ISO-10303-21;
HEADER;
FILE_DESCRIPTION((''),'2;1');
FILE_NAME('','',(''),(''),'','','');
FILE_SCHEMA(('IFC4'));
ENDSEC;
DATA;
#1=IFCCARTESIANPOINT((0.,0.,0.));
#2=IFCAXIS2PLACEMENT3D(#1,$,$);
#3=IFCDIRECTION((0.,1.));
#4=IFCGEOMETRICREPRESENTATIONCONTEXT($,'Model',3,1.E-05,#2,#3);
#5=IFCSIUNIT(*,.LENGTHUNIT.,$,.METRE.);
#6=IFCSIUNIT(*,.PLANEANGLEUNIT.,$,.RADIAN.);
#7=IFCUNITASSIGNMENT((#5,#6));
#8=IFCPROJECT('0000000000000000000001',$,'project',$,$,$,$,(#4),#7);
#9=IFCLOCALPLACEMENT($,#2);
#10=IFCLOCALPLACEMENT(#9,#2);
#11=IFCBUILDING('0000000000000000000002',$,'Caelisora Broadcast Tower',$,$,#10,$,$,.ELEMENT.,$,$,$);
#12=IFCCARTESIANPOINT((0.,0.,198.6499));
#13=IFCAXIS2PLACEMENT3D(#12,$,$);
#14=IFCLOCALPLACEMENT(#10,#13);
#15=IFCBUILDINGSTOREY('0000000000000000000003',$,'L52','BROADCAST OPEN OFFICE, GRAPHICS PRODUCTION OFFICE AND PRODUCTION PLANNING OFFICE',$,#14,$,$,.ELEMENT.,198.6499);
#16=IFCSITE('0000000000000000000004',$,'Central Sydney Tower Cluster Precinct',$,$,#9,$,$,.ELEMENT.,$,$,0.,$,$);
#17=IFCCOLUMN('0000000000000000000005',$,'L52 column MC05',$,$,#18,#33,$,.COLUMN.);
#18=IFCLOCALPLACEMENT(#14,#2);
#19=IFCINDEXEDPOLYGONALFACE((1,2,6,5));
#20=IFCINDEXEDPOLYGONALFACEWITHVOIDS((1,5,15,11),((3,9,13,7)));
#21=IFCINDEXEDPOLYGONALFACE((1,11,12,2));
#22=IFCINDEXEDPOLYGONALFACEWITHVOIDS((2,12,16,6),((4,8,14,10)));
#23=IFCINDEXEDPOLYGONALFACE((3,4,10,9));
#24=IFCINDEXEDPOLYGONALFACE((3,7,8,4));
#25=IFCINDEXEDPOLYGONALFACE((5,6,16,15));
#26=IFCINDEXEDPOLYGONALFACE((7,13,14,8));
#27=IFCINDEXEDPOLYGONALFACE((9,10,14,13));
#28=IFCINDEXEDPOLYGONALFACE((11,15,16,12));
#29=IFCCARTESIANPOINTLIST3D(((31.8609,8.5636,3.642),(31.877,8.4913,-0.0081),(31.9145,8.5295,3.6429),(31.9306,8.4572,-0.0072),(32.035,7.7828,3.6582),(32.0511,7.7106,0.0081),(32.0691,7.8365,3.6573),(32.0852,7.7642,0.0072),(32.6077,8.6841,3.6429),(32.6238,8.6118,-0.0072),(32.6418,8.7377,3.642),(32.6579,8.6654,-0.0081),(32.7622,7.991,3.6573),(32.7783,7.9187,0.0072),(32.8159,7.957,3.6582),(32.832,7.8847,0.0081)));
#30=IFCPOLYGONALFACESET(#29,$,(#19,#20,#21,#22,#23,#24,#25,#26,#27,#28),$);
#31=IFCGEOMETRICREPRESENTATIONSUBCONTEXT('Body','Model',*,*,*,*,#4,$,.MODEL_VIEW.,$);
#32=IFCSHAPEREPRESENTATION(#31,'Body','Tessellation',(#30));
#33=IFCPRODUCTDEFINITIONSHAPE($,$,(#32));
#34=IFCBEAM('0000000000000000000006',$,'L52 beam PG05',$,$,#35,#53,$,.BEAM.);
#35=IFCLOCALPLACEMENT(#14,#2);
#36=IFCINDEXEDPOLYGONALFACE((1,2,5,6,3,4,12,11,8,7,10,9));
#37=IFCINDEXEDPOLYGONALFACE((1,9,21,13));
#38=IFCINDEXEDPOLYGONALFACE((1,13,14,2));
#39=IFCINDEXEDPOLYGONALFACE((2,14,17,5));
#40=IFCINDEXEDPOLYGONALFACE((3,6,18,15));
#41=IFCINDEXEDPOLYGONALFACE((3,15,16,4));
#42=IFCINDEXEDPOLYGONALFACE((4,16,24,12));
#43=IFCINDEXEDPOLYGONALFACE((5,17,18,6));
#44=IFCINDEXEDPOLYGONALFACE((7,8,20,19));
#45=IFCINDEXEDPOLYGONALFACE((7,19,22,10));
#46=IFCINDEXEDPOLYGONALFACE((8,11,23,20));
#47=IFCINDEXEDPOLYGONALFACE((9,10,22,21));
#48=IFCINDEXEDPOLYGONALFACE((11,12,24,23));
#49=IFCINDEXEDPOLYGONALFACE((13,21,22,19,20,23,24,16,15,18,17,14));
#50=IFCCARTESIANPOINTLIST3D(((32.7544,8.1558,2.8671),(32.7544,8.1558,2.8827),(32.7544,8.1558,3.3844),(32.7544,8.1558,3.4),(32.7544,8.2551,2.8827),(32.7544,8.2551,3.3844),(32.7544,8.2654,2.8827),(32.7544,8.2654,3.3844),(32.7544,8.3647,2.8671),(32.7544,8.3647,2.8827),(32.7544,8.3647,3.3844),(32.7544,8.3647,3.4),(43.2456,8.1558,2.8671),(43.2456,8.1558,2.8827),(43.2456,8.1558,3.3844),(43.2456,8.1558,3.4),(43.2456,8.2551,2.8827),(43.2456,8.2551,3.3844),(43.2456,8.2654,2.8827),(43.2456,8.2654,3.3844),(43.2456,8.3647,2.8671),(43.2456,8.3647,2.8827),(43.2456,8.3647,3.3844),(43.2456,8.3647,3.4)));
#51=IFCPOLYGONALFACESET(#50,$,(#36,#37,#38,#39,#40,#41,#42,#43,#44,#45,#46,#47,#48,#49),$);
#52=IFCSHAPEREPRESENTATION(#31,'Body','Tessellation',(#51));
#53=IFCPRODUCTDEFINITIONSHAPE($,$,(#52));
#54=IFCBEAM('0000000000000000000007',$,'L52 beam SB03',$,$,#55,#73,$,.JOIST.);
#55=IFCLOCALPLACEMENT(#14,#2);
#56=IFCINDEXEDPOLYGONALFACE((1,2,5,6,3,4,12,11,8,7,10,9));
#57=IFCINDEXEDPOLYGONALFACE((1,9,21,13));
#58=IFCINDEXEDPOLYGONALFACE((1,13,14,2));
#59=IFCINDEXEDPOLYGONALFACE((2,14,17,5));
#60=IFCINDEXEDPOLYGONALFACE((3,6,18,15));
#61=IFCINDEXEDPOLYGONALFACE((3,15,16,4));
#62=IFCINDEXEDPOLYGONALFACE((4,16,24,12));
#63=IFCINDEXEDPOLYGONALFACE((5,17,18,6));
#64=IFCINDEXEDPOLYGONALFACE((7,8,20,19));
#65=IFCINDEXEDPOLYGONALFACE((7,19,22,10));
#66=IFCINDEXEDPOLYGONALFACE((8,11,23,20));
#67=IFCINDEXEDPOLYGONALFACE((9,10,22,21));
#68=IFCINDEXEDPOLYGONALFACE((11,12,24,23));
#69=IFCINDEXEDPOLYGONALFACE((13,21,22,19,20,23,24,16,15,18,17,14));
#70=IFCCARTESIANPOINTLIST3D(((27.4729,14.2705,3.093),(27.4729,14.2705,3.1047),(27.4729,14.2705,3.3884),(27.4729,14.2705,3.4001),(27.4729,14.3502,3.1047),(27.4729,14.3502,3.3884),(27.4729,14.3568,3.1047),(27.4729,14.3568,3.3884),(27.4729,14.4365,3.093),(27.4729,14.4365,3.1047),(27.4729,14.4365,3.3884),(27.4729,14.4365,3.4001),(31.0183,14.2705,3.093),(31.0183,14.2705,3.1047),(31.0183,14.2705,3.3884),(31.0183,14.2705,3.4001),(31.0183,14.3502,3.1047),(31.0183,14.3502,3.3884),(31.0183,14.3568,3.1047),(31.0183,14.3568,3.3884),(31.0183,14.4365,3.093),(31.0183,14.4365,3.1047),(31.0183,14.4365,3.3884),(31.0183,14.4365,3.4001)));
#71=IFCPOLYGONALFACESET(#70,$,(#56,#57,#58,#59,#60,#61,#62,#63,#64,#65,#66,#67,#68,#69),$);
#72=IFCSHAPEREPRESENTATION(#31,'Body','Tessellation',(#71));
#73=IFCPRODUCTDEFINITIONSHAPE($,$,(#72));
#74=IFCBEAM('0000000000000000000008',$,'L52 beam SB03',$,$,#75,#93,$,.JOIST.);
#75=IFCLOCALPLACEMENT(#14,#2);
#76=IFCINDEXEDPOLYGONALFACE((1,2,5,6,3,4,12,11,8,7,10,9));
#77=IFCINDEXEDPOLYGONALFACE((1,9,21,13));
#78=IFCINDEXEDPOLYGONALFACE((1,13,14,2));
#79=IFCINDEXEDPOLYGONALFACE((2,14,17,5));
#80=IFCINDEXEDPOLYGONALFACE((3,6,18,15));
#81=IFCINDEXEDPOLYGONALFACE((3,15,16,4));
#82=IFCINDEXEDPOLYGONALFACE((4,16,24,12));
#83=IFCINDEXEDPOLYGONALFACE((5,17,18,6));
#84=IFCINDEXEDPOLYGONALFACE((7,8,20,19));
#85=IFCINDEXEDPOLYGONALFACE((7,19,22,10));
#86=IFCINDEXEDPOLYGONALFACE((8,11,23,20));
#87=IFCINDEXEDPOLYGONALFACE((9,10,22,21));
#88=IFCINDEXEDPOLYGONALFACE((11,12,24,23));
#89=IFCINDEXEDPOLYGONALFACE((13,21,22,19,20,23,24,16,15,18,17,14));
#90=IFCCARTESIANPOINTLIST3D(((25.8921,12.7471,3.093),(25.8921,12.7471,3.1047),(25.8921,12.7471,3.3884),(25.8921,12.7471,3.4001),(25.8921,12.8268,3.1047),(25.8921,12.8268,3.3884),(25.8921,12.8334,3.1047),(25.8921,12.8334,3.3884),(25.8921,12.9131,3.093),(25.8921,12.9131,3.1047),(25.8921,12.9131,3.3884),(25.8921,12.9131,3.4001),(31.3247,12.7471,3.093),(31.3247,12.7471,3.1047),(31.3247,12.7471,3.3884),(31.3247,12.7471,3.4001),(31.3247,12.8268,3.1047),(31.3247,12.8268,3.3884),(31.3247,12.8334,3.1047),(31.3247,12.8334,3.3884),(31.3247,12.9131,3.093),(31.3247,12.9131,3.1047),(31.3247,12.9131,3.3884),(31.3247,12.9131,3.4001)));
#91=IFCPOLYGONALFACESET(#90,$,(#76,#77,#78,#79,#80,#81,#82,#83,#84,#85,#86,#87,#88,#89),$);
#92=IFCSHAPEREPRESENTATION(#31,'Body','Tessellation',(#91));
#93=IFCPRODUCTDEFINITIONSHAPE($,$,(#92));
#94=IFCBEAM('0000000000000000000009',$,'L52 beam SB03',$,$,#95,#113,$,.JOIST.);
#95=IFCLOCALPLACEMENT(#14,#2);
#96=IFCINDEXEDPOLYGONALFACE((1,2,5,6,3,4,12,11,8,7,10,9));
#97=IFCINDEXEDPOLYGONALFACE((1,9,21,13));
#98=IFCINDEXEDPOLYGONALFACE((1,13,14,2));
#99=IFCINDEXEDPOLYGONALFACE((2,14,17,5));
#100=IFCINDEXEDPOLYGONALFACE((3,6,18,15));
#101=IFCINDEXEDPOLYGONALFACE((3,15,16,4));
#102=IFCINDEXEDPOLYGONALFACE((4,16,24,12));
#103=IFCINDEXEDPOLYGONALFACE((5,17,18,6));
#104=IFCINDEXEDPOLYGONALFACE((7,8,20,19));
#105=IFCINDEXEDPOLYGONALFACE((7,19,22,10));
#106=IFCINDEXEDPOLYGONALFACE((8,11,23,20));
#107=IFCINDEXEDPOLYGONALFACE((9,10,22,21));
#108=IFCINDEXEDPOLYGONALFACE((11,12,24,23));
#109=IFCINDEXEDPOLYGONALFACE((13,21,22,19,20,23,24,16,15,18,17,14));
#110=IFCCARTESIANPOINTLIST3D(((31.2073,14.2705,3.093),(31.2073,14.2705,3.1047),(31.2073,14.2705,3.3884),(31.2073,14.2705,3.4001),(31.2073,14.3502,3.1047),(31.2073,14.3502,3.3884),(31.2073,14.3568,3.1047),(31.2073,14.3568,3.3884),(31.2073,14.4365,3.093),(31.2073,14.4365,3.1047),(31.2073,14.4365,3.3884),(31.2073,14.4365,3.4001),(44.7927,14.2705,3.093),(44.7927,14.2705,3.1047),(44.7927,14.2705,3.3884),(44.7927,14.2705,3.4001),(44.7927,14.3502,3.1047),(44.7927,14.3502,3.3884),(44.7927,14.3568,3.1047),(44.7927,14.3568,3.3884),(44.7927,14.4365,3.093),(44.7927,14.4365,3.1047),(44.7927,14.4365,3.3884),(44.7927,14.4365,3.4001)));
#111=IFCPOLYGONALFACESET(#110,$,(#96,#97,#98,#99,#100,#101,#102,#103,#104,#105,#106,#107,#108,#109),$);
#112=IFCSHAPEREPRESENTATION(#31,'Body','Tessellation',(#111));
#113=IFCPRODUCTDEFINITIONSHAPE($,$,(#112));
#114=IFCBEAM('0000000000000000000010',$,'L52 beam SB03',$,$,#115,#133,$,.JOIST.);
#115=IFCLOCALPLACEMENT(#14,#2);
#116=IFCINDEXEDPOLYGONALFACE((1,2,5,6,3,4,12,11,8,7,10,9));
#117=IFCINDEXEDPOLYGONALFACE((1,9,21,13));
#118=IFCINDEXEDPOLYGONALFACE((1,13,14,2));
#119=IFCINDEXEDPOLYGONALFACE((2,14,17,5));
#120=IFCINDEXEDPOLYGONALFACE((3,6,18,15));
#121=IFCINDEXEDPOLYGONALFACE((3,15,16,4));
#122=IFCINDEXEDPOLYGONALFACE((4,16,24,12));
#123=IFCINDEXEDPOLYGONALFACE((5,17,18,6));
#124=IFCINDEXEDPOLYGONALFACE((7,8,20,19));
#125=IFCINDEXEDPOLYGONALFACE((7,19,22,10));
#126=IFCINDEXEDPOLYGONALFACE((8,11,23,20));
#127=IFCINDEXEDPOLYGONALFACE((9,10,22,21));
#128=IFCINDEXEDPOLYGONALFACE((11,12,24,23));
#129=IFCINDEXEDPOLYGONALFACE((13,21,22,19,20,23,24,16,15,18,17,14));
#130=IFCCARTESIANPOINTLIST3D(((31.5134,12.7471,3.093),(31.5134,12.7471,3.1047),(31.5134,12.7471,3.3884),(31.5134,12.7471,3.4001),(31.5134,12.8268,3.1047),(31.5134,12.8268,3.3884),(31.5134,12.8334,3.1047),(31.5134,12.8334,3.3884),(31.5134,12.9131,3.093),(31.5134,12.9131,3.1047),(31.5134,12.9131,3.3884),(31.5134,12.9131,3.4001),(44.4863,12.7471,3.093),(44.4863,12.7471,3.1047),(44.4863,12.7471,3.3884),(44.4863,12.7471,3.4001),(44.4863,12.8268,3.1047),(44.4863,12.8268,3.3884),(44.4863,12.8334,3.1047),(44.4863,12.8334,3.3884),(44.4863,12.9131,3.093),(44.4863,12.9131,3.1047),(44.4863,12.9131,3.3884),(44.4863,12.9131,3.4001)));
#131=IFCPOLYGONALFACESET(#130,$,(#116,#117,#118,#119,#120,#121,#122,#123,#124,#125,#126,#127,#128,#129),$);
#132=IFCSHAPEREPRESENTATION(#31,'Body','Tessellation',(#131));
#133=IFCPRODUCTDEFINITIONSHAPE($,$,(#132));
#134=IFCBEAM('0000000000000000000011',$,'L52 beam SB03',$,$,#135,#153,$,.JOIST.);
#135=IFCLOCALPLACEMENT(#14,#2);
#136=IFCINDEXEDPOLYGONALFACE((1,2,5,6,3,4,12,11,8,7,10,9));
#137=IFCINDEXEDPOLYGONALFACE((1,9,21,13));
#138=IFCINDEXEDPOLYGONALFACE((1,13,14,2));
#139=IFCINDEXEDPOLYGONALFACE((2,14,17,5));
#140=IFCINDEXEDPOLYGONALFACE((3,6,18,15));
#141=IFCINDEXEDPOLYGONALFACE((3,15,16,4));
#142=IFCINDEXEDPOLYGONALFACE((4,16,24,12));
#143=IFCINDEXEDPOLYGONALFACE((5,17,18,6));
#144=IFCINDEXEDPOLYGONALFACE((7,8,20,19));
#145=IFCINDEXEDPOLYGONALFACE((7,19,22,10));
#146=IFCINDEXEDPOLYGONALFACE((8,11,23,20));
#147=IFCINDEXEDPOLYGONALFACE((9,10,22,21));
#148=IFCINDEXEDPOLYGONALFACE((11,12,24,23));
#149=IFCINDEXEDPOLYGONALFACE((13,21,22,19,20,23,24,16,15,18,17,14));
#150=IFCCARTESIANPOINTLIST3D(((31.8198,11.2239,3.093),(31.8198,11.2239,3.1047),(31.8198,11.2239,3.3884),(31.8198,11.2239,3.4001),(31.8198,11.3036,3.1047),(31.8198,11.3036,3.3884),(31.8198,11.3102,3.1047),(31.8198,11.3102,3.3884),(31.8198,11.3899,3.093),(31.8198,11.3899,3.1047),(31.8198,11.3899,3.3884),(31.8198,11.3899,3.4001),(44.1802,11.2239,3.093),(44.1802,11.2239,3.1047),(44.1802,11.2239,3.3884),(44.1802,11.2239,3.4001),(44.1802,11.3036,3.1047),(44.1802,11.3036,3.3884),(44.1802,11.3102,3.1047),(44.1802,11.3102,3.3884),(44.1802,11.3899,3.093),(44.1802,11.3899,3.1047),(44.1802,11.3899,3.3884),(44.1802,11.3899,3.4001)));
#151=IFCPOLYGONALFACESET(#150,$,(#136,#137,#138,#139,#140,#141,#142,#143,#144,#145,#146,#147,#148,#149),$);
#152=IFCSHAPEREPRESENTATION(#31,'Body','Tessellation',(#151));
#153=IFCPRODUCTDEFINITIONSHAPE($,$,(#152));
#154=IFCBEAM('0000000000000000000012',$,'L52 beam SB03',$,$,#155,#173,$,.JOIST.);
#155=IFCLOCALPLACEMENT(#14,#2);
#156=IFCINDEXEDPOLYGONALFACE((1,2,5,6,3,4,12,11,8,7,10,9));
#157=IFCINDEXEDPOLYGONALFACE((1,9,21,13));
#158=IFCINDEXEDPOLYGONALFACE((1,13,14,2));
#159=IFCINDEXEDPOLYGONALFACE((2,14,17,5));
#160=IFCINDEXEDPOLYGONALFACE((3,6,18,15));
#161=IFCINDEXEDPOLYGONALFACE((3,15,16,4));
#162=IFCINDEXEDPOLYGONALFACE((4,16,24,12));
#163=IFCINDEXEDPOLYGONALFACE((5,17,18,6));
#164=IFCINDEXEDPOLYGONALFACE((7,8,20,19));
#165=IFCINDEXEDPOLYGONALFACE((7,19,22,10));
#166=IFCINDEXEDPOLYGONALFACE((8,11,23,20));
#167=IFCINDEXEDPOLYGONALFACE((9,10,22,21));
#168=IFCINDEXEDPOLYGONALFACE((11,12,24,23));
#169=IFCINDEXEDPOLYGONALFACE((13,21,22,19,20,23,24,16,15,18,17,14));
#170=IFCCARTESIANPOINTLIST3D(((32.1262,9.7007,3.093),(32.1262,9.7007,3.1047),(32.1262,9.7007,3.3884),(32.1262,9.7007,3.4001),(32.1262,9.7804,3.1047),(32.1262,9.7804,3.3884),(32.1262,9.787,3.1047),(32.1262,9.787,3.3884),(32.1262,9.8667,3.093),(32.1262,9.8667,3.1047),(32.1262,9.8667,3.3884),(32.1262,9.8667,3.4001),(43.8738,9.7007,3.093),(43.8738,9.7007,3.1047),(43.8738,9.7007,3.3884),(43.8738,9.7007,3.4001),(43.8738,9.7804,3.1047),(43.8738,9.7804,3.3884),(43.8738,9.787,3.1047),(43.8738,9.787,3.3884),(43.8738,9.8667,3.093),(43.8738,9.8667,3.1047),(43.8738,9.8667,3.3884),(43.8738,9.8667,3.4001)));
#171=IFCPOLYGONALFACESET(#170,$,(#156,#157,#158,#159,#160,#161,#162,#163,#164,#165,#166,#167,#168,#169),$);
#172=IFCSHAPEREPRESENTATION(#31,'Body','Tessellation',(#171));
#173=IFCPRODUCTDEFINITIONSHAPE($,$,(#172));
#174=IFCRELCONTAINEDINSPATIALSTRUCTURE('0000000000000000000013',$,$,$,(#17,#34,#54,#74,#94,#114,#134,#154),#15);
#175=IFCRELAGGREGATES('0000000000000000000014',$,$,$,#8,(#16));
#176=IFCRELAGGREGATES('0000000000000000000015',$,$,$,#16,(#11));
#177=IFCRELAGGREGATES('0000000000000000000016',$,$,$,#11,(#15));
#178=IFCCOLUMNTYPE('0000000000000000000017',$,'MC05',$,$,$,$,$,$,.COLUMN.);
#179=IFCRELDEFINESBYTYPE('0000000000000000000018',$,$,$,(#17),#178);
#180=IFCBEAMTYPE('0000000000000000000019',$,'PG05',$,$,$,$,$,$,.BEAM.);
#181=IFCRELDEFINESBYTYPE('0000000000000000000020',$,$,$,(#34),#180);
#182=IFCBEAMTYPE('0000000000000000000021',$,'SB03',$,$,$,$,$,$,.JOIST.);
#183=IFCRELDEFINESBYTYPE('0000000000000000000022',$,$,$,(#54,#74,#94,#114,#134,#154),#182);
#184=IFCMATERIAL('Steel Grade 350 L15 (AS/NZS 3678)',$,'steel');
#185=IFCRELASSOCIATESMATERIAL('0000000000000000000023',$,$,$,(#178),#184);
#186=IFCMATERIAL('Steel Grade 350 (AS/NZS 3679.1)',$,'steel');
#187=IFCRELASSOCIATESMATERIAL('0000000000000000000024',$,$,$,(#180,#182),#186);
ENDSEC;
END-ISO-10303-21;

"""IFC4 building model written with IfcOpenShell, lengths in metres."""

from ifc_helpers import new_model, si_unit, direction, frame, origin, origin_2d, place, context, subcontext, project, spatial, hollow_rectangle, i_section, extrude, source, transform, mapped, material, material_profile, profile_set, type_object, type_shapes, element, save


model = new_model("IFC4")

# Units and contexts
model_context = context("Model", 3, precision=1e-05, world=origin(), true_north=direction((0.0, 1.0)))
body_context = subcontext(model_context, "Body", "Model", "MODEL_VIEW")
ifc_project = project(units=[si_unit("LENGTHUNIT", "METRE"), si_unit("PLANEANGLEUNIT", "RADIAN")], contexts=[model_context])

# Site, building, storey
site_placement = place(None, origin())
site = spatial("IfcSite", under=ifc_project, at=site_placement, Name="Central Sydney Tower Cluster Precinct", CompositionType="ELEMENT", RefElevation=0.0)
building_placement = place(site_placement, origin())
building = spatial("IfcBuilding", under=site, at=building_placement, Name="Caelisora Broadcast Tower", CompositionType="ELEMENT")
storey_placement = place(building_placement, frame((0.0, 0.0, 198.6499)))
storey = spatial("IfcBuildingStorey", under=building, at=storey_placement, Name="L52", Description="BROADCAST OPEN OFFICE, GRAPHICS PRODUCTION OFFICE AND PRODUCTION PLANNING OFFICE", CompositionType="ELEMENT", Elevation=198.6499)

# Column
ifc_material_1 = material(Name="Steel Grade 350 L15 (AS/NZS 3678)", Category="steel")
ifc_material_profile_1 = material_profile(ifc_material_1, hollow_rectangle(XDim=0.8, YDim=0.8, WallThickness=0.0449, at=origin_2d()), Name="Steel Grade 350 L15 (AS/NZS 3678)")
ifc_profile_set_1 = profile_set([ifc_material_profile_1], Name="Steel Grade 350 L15 (AS/NZS 3678)")
column_type = type_object("IfcColumnType", Name="MC05", PredefinedType="COLUMN", material=ifc_profile_set_1)
shared_shape_1 = source(origin(), body_context, "Body", "SweptSolid", [
    extrude(hollow_rectangle(XDim=0.8, YDim=0.8, WallThickness=0.0449, at=origin_2d()), origin(), (0.0, 0.0, 1.0), 3.6509),
])
type_shapes(column_type, [shared_shape_1])
column_placement = place(storey_placement, frame((32.3545, 8.188, 0.0), z_axis=(-0.004414, 0.019794, 0.999794), x_axis=(-0.976032, -0.217629, 0.0)))
element("IfcColumn", 1, at=column_placement, inside=storey, type_object=column_type, Name="L52 column MC05", PredefinedType="COLUMN", context=body_context, shape_type="MappedRepresentation", body=[
    mapped(shared_shape_1, transform((0.0, 0.0, 0.0), scale=1.0)),
])

# Beams
ifc_material_2 = material(Name="Steel Grade 350 (AS/NZS 3679.1)", Category="steel")
ifc_material_profile_2 = material_profile(ifc_material_2, i_section(OverallWidth=0.209, OverallDepth=0.533, WebThickness=0.0103, FlangeThickness=0.0156, at=origin_2d()), Name="Steel Grade 350 (AS/NZS 3679.1)")
ifc_profile_set_2 = profile_set([ifc_material_profile_2], Name="Steel Grade 350 (AS/NZS 3679.1)")
beam_type_1 = type_object("IfcBeamType", Name="PG05", PredefinedType="BEAM", material=ifc_profile_set_2)
shared_shape_2 = source(origin(), body_context, "Body", "SweptSolid", [
    extrude(i_section(OverallWidth=0.209, OverallDepth=0.533, WebThickness=0.0103, FlangeThickness=0.0156, at=origin_2d()), origin(), (0.0, 0.0, 1.0), 10.4912),
])
type_shapes(beam_type_1, [shared_shape_2])
beam_1_placement = place(storey_placement, frame((32.7544, 8.2603, 3.1335), z_axis=(1.0, 0.0, 0.0), x_axis=(0.0, 1.0, 0.0)))
element("IfcBeam", 2, at=beam_1_placement, inside=storey, type_object=beam_type_1, Name="L52 beam PG05", PredefinedType="BEAM", context=body_context, shape_type="MappedRepresentation", body=[
    mapped(shared_shape_2, transform((0.0, 0.0, 0.0), scale=1.0)),
])
ifc_material_profile_3 = material_profile(ifc_material_2, i_section(OverallWidth=0.166, OverallDepth=0.3071, WebThickness=0.0066, FlangeThickness=0.0117, at=origin_2d()), Name="Steel Grade 350 (AS/NZS 3679.1)")
ifc_profile_set_3 = profile_set([ifc_material_profile_3], Name="Steel Grade 350 (AS/NZS 3679.1)")
beam_type_2 = type_object("IfcBeamType", Name="SB03", PredefinedType="JOIST", material=ifc_profile_set_3)
shared_shape_3 = source(origin(), body_context, "Body", "SweptSolid", [
    extrude(i_section(OverallWidth=0.166, OverallDepth=0.3071, WebThickness=0.0066, FlangeThickness=0.0117, at=origin_2d()), origin(), (0.0, 0.0, 1.0), 3.5454),
])
beam_2_placement = place(storey_placement, frame((27.4729, 14.3535, 3.2466), z_axis=(1.0, 0.0, 0.0), x_axis=(0.0, 1.0, 0.0)))
element("IfcBeam", 3, at=beam_2_placement, inside=storey, type_object=beam_type_2, Name="L52 beam SB03", PredefinedType="JOIST", context=body_context, shape_type="MappedRepresentation", body=[
    mapped(shared_shape_3, transform((0.0, 0.0, 0.0), scale=1.0)),
])
shared_shape_4 = source(origin(), body_context, "Body", "SweptSolid", [
    extrude(i_section(OverallWidth=0.166, OverallDepth=0.3071, WebThickness=0.0066, FlangeThickness=0.0117, at=origin_2d()), origin(), (0.0, 0.0, 1.0), 5.4326),
])
beam_3_placement = place(storey_placement, frame((25.8921, 12.8301, 3.2466), z_axis=(1.0, 0.0, 0.0), x_axis=(0.0, 1.0, 0.0)))
element("IfcBeam", 4, at=beam_3_placement, inside=storey, type_object=beam_type_2, Name="L52 beam SB03", PredefinedType="JOIST", context=body_context, shape_type="MappedRepresentation", body=[
    mapped(shared_shape_4, transform((0.0, 0.0, 0.0), scale=1.0)),
])
shared_shape_5 = source(origin(), body_context, "Body", "SweptSolid", [
    extrude(i_section(OverallWidth=0.166, OverallDepth=0.3071, WebThickness=0.0066, FlangeThickness=0.0117, at=origin_2d()), origin(), (0.0, 0.0, 1.0), 13.5854),
])
beam_4_placement = place(storey_placement, frame((31.2073, 14.3535, 3.2466), z_axis=(1.0, 0.0, 0.0), x_axis=(0.0, 1.0, 0.0)))
element("IfcBeam", 5, at=beam_4_placement, inside=storey, type_object=beam_type_2, Name="L52 beam SB03", PredefinedType="JOIST", context=body_context, shape_type="MappedRepresentation", body=[
    mapped(shared_shape_5, transform((0.0, 0.0, 0.0), scale=1.0)),
])
shared_shape_6 = source(origin(), body_context, "Body", "SweptSolid", [
    extrude(i_section(OverallWidth=0.166, OverallDepth=0.3071, WebThickness=0.0066, FlangeThickness=0.0117, at=origin_2d()), origin(), (0.0, 0.0, 1.0), 12.9729),
])
beam_5_placement = place(storey_placement, frame((31.5134, 12.8301, 3.2466), z_axis=(1.0, 0.0, 0.0), x_axis=(0.0, 1.0, 0.0)))
element("IfcBeam", 6, at=beam_5_placement, inside=storey, type_object=beam_type_2, Name="L52 beam SB03", PredefinedType="JOIST", context=body_context, shape_type="MappedRepresentation", body=[
    mapped(shared_shape_6, transform((0.0, 0.0, 0.0), scale=1.0)),
])
shared_shape_7 = source(origin(), body_context, "Body", "SweptSolid", [
    extrude(i_section(OverallWidth=0.166, OverallDepth=0.3071, WebThickness=0.0066, FlangeThickness=0.0117, at=origin_2d()), origin(), (0.0, 0.0, 1.0), 12.3604),
])
beam_6_placement = place(storey_placement, frame((31.8198, 11.3069, 3.2466), z_axis=(1.0, 0.0, 0.0), x_axis=(0.0, 1.0, 0.0)))
element("IfcBeam", 7, at=beam_6_placement, inside=storey, type_object=beam_type_2, Name="L52 beam SB03", PredefinedType="JOIST", context=body_context, shape_type="MappedRepresentation", body=[
    mapped(shared_shape_7, transform((0.0, 0.0, 0.0), scale=1.0)),
])
shared_shape_8 = source(origin(), body_context, "Body", "SweptSolid", [
    extrude(i_section(OverallWidth=0.166, OverallDepth=0.3071, WebThickness=0.0066, FlangeThickness=0.0117, at=origin_2d()), origin(), (0.0, 0.0, 1.0), 11.7476),
])
type_shapes(beam_type_2, [shared_shape_3, shared_shape_4, shared_shape_5, shared_shape_6, shared_shape_7, shared_shape_8])
beam_7_placement = place(storey_placement, frame((32.1262, 9.7837, 3.2466), z_axis=(1.0, 0.0, 0.0), x_axis=(0.0, 1.0, 0.0)))
element("IfcBeam", 8, at=beam_7_placement, inside=storey, type_object=beam_type_2, Name="L52 beam SB03", PredefinedType="JOIST", context=body_context, shape_type="MappedRepresentation", body=[
    mapped(shared_shape_8, transform((0.0, 0.0, 0.0), scale=1.0)),
])

save(model, "model.ifc")
